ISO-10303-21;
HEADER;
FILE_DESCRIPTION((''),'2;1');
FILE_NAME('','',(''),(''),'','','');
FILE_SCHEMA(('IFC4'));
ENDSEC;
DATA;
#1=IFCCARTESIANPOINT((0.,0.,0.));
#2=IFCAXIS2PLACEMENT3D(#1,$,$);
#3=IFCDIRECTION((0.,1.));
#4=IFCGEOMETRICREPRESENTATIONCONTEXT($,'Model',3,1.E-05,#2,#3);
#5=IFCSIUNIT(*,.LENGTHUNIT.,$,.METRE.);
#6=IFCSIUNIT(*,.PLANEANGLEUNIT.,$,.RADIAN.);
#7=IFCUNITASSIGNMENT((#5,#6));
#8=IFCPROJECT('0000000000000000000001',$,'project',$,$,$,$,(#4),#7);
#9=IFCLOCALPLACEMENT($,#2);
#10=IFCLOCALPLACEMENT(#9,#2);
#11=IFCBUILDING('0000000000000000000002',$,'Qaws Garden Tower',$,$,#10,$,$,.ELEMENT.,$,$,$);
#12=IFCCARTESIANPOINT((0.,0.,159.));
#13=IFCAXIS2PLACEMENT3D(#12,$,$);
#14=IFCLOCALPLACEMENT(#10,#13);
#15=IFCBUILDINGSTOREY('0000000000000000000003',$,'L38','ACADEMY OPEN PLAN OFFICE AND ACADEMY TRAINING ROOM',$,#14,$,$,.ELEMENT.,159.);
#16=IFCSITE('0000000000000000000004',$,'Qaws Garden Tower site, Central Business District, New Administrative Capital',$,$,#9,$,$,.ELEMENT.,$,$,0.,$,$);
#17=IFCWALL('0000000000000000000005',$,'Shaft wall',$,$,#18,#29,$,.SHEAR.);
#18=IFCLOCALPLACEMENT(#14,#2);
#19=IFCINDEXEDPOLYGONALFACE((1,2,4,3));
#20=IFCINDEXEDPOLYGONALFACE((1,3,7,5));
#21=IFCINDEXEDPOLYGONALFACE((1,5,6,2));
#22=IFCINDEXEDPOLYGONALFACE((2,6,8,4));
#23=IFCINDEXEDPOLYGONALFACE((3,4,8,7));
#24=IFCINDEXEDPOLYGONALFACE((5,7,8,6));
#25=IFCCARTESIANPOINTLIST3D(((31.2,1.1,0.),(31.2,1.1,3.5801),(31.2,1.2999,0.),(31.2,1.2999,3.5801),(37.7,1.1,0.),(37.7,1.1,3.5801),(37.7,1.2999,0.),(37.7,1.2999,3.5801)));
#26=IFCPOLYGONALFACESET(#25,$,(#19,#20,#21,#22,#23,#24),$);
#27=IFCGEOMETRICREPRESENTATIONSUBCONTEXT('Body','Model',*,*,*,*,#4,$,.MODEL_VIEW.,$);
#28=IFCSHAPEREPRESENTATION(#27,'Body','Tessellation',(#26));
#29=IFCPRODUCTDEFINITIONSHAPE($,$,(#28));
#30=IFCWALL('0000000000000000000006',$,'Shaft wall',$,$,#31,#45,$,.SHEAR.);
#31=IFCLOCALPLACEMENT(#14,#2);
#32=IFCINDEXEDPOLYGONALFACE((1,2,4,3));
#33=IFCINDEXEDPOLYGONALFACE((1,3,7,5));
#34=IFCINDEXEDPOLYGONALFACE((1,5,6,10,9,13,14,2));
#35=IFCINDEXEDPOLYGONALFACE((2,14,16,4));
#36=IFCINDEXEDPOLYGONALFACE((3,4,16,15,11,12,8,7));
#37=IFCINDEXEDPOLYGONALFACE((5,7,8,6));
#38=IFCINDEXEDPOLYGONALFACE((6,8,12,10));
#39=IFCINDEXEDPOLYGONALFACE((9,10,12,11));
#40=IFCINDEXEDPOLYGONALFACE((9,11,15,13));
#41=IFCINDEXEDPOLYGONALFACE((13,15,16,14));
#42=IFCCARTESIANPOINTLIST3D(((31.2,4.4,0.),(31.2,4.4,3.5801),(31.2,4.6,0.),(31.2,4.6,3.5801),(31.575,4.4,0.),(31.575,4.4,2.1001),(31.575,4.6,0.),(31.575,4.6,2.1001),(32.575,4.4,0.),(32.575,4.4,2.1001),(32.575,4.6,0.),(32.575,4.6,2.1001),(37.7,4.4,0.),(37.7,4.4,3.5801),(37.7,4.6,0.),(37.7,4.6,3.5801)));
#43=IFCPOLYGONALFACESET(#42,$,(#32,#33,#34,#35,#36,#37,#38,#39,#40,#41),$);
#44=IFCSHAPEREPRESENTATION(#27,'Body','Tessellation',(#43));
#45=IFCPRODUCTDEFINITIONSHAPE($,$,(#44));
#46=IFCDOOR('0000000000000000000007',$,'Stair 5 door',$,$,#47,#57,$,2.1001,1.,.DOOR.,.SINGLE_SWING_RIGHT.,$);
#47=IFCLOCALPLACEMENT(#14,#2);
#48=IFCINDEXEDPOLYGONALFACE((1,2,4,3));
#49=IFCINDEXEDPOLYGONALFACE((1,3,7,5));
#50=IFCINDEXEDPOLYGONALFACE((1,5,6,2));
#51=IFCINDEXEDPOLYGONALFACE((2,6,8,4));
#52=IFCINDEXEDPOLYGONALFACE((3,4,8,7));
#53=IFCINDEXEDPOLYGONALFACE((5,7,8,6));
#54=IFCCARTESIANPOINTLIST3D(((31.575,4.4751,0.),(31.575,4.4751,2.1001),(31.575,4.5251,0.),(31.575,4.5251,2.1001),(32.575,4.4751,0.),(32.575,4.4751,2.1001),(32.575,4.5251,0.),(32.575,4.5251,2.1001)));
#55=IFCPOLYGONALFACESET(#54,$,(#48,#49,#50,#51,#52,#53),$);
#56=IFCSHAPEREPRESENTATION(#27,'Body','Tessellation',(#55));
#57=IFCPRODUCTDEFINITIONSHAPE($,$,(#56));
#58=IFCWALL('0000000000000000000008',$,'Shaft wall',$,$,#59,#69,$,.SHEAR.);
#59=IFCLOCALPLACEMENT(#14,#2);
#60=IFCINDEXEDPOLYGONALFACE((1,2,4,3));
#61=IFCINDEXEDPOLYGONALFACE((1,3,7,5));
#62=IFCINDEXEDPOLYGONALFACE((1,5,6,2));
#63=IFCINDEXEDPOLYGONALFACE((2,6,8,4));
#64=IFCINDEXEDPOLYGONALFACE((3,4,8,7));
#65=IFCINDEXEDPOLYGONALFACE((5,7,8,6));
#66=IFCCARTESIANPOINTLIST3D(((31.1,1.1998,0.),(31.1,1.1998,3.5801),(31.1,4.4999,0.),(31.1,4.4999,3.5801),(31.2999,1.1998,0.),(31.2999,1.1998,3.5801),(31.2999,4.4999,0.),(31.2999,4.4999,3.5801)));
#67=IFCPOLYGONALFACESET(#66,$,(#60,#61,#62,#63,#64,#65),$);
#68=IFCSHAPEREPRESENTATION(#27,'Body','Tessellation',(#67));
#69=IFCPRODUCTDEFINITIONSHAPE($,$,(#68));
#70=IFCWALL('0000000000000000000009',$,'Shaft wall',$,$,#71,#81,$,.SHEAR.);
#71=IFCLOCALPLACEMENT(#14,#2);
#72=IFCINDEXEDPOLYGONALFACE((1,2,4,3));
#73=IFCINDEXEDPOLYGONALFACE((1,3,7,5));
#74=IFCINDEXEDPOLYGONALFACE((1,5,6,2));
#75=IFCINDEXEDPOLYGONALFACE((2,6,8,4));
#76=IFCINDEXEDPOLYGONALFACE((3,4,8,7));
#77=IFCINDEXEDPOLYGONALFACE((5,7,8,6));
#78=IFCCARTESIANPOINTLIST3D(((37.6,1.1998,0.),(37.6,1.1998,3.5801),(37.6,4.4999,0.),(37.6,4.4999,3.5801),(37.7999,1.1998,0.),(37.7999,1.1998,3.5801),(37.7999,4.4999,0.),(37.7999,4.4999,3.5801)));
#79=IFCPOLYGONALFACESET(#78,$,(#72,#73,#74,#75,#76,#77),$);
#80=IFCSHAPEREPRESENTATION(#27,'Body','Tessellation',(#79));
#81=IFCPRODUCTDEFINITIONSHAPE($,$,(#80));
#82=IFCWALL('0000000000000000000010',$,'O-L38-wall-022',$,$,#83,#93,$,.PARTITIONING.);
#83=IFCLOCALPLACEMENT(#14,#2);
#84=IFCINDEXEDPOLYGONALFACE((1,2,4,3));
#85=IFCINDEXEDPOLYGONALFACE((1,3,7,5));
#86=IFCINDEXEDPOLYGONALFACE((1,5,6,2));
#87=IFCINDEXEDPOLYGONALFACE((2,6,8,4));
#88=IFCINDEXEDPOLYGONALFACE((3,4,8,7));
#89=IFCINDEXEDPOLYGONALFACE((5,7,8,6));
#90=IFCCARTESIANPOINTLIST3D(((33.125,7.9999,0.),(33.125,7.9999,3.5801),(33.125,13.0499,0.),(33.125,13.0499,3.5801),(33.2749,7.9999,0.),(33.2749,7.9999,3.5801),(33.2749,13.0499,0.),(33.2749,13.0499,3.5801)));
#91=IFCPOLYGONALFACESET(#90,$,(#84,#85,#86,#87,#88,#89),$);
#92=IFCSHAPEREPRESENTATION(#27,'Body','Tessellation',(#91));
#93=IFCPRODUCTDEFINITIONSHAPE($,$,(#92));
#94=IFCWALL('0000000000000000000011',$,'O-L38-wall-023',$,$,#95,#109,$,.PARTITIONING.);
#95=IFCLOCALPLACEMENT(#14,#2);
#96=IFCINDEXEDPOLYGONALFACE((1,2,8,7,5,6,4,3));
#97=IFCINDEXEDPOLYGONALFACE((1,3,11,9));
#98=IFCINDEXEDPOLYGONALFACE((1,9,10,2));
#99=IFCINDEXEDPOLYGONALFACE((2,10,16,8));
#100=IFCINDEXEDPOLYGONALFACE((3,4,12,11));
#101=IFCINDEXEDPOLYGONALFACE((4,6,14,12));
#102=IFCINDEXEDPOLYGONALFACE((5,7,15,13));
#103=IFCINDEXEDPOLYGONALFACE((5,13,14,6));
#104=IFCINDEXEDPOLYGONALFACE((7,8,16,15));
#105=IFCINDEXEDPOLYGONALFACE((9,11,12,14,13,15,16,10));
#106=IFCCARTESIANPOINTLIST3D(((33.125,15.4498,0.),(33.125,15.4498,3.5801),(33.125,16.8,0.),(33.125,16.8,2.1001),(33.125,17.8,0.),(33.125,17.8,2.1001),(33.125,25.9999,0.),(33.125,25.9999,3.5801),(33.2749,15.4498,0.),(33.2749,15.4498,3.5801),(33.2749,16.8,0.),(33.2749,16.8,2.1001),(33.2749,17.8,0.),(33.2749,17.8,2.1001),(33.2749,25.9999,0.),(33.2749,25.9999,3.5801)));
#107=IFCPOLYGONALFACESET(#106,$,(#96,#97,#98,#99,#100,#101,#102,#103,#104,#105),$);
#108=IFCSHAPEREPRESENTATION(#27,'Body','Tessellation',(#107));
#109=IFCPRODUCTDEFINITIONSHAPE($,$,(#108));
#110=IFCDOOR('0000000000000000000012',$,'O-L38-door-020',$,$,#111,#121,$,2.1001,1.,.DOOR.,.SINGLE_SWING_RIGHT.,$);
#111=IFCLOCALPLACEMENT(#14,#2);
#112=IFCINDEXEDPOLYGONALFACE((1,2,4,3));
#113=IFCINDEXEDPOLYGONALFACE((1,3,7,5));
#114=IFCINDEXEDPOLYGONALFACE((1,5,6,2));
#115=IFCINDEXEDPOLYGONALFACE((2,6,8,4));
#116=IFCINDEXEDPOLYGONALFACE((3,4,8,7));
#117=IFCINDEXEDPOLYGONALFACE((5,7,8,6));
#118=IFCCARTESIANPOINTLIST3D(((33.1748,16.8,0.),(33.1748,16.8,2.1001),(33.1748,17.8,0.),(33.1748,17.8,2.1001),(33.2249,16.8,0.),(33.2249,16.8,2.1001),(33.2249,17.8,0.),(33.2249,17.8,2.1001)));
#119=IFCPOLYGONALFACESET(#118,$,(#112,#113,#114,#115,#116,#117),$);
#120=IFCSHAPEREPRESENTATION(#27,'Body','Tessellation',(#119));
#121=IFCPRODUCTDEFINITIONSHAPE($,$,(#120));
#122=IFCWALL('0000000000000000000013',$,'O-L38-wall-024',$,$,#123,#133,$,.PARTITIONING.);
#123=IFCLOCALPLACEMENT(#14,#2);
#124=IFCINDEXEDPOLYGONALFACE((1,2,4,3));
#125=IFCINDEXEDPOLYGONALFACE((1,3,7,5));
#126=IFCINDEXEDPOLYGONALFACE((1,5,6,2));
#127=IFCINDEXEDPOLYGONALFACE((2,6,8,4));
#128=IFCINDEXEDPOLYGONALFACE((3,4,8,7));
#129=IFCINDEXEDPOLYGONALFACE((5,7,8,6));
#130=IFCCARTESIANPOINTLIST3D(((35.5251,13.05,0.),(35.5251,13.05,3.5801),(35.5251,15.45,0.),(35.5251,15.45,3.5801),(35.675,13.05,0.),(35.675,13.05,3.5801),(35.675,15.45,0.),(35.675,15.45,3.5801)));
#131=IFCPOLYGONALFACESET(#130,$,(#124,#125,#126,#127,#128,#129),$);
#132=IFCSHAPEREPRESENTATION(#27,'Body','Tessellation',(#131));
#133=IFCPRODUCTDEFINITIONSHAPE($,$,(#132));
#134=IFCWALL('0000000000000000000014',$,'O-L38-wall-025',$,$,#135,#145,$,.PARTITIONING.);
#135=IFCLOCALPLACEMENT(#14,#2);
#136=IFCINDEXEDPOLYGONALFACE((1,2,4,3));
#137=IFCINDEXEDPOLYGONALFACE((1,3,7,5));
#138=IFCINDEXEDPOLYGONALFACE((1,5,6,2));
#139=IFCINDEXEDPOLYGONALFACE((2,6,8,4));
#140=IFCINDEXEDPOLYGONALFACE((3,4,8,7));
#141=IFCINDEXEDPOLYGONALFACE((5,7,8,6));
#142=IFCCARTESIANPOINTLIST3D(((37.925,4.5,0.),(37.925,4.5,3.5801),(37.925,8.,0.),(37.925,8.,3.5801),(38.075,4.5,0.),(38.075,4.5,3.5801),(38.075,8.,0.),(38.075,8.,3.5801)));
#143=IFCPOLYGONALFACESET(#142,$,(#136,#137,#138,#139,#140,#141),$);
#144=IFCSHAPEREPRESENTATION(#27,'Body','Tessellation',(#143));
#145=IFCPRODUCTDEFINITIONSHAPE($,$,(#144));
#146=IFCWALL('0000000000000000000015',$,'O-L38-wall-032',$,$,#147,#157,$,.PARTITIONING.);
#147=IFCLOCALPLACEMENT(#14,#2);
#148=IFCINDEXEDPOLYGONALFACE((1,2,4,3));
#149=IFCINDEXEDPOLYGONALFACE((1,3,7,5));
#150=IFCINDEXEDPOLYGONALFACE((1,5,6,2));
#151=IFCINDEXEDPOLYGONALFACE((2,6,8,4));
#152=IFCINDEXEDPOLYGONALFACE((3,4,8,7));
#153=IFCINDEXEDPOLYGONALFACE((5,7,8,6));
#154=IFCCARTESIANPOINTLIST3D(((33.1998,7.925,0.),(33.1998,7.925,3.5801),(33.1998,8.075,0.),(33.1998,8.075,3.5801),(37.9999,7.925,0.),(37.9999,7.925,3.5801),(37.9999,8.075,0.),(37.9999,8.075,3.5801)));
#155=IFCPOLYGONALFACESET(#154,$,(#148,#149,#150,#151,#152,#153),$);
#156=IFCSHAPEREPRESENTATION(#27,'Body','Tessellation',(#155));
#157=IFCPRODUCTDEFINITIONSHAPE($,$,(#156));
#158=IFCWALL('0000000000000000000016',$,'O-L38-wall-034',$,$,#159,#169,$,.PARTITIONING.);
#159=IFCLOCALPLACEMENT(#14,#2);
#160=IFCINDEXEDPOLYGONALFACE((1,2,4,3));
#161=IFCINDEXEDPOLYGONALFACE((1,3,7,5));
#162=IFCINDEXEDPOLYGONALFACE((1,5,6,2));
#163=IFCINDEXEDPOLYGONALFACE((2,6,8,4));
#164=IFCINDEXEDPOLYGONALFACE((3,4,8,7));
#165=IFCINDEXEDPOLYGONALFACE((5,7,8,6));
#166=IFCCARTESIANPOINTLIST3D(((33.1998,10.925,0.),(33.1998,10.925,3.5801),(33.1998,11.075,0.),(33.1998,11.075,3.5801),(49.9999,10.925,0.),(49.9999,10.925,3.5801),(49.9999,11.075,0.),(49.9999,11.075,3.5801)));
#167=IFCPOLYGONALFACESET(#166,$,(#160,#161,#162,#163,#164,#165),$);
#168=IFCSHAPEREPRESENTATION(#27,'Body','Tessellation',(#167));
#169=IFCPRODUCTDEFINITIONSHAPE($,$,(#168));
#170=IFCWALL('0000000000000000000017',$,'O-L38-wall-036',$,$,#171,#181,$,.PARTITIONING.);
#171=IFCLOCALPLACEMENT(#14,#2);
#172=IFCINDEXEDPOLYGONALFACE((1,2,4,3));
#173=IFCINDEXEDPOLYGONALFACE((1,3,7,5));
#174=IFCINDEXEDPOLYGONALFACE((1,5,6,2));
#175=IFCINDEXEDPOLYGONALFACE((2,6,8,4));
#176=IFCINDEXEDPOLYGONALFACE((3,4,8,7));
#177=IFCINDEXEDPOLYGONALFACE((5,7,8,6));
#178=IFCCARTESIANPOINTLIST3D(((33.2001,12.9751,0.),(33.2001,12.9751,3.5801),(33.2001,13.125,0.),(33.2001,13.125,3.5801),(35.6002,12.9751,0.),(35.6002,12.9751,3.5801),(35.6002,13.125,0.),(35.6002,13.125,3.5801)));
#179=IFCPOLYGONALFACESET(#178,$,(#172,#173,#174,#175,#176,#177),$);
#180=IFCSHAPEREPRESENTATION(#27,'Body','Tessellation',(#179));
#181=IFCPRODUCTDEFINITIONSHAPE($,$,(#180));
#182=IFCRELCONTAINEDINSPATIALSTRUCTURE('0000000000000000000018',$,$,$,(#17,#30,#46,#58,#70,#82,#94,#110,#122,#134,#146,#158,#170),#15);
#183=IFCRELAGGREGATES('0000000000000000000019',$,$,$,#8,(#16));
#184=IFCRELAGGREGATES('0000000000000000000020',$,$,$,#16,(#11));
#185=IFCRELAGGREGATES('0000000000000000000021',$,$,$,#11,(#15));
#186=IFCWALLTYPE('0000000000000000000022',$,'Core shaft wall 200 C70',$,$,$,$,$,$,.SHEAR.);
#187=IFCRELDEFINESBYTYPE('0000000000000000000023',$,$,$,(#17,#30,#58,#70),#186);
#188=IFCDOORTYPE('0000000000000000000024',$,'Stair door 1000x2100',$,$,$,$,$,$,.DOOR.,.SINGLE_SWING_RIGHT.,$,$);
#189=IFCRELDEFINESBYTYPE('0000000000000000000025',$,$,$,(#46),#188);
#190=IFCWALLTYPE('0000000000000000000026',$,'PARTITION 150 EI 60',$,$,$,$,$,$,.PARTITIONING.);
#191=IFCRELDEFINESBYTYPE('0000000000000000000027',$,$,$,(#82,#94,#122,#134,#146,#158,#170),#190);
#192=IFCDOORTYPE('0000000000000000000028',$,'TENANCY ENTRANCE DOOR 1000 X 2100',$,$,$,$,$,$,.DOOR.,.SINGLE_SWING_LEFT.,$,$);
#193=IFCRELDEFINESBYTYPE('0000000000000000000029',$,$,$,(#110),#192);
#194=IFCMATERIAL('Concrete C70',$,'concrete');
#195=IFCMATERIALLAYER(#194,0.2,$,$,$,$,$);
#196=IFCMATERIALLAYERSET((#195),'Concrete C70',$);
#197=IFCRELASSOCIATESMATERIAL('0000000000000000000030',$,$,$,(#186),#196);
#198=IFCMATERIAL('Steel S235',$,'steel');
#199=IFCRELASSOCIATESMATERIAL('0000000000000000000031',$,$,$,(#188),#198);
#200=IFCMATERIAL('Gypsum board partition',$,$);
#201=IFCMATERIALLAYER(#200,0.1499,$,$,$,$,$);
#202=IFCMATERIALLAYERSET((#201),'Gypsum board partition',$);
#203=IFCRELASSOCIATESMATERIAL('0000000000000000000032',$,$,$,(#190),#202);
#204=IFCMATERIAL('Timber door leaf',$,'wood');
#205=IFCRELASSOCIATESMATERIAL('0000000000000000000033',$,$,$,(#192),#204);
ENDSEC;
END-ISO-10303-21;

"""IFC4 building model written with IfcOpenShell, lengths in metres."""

from ifc_helpers import new_model, si_unit, direction, frame, frame_2d, origin, place, context, subcontext, project, spatial, rectangle, extrude, material, layer, layer_set, type_object, element, fill, save


model = new_model("IFC4")

# Units and contexts
model_context = context("Model", 3, precision=1e-05, world=origin(), true_north=direction((0.0, 1.0)))
body_context = subcontext(model_context, "Body", "Model", "MODEL_VIEW")
ifc_project = project(units=[si_unit("LENGTHUNIT", "METRE"), si_unit("PLANEANGLEUNIT", "RADIAN")], contexts=[model_context])

# Site, building, storey
site_placement = place(None, origin())
site = spatial("IfcSite", under=ifc_project, at=site_placement, Name="Qaws Garden Tower site, Central Business District, New Administrative Capital", CompositionType="ELEMENT", RefElevation=0.0)
building_placement = place(site_placement, origin())
building = spatial("IfcBuilding", under=site, at=building_placement, Name="Qaws Garden Tower", CompositionType="ELEMENT")
storey_placement = place(building_placement, frame((0.0, 0.0, 159.0)))
storey = spatial("IfcBuildingStorey", under=building, at=storey_placement, Name="L38", Description="ACADEMY OPEN PLAN OFFICE AND ACADEMY TRAINING ROOM", CompositionType="ELEMENT", Elevation=159.0)

# Wall
ifc_material_1 = material(Name="Concrete C70", Category="concrete")
ifc_layer_1 = layer(ifc_material_1, 0.2)
ifc_layer_set_1 = layer_set([ifc_layer_1], Name="Concrete C70")
wall_type_1 = type_object("IfcWallType", Name="Core shaft wall 200 C70", PredefinedType="SHEAR", material=ifc_layer_set_1)
wall_1_placement = place(storey_placement, frame((31.2, 1.2, 0.0), z_axis=(0.0, 0.0, 1.0), x_axis=(1.0, 0.0, 0.0)))
element("IfcWall", 1, at=wall_1_placement, inside=storey, type_object=wall_type_1, Name="Shaft wall", PredefinedType="SHEAR", context=body_context, shape_type="SweptSolid", body=[
    extrude(rectangle(XDim=6.5, YDim=0.2, at=frame_2d((3.25, 0.0))), origin(), (0.0, 0.0, 1.0), 3.5801),
])

# Wall, opening, door
wall_2_placement = place(storey_placement, frame((31.2, 4.5, 0.0), z_axis=(0.0, 0.0, 1.0), x_axis=(1.0, 0.0, 0.0)))
wall_2 = element("IfcWall", 2, at=wall_2_placement, inside=storey, type_object=wall_type_1, Name="Shaft wall", PredefinedType="SHEAR", context=body_context, shape_type="SweptSolid", body=[
    extrude(rectangle(XDim=6.5, YDim=0.2, at=frame_2d((3.25, 0.0))), origin(), (0.0, 0.0, 1.0), 3.5801),
])
opening_1_placement = place(wall_2_placement, frame((0.375, 0.0, 0.0)))
opening_1 = element("IfcOpeningElement", 3, at=opening_1_placement, cuts=wall_2, PredefinedType="OPENING", context=body_context, shape_type="SweptSolid", body=[
    extrude(rectangle(XDim=1.0, YDim=2.1001, at=frame_2d((0.5, 1.05))), frame((0.0, 0.1099, 0.0), z_axis=(0.0, -1.0, 0.0), x_axis=(1.0, 0.0, 0.0)), (0.0, 0.0, 1.0), 0.22),
])
ifc_material_2 = material(Name="Steel S235", Category="steel")
door_type_1 = type_object("IfcDoorType", Name="Stair door 1000x2100", OperationType="SINGLE_SWING_RIGHT", PredefinedType="DOOR", material=ifc_material_2)
door_1_placement = place(opening_1_placement, frame((1.0, 0.0, 0.0), z_axis=(0.0, 0.0, 1.0), x_axis=(-1.0, 0.0, 0.0)))
door_1 = element("IfcDoor", 4, at=door_1_placement, inside=storey, type_object=door_type_1, Name="Stair 5 door", OperationType="SINGLE_SWING_RIGHT", OverallHeight=2.1001, OverallWidth=1.0, PredefinedType="DOOR", context=body_context, shape_type="SweptSolid", body=[
    extrude(rectangle(XDim=1.0, YDim=2.1001, at=frame_2d((0.5, 1.05))), frame((0.0, 0.0249, 0.0), z_axis=(0.0, -1.0, 0.0), x_axis=(1.0, 0.0, 0.0)), (0.0, 0.0, 1.0), 0.05),
])
fill(opening_1, door_1)

# Walls
for number, where, z_axis, x_axis, name in (
    (5, (31.2, 1.2, 0.0), (0.0, 0.0, 1.0), (0.0, 1.0, 0.0), "Shaft wall"),
    (6, (37.7, 1.2, 0.0), (0.0, 0.0, 1.0), (0.0, 1.0, 0.0), "Shaft wall"),
):
    element("IfcWall", number, at=place(storey_placement, frame(where, z_axis=z_axis, x_axis=x_axis)), inside=storey, type_object=wall_type_1, Name=name, PredefinedType="SHEAR", context=body_context, shape_type="SweptSolid", body=[
        extrude(rectangle(XDim=3.3, YDim=0.2, at=frame_2d((1.6499, 0.0))), origin(), (0.0, 0.0, 1.0), 3.5801),
    ])
ifc_material_3 = material(Name="Gypsum board partition")
ifc_layer_2 = layer(ifc_material_3, 0.1499)
ifc_layer_set_2 = layer_set([ifc_layer_2], Name="Gypsum board partition")
wall_type_2 = type_object("IfcWallType", Name="PARTITION 150 EI 60", PredefinedType="PARTITIONING", material=ifc_layer_set_2)
wall_3_placement = place(storey_placement, frame((33.2, 8.0, 0.0), z_axis=(0.0, 0.0, 1.0), x_axis=(0.0, 1.0, 0.0)))
element("IfcWall", 7, at=wall_3_placement, inside=storey, type_object=wall_type_2, Name="O-L38-wall-022", PredefinedType="PARTITIONING", context=body_context, shape_type="SweptSolid", body=[
    extrude(rectangle(XDim=5.05, YDim=0.1499, at=frame_2d((2.5249, 0.0))), origin(), (0.0, 0.0, 1.0), 3.5801),
])

# Wall, opening, door
wall_4_placement = place(storey_placement, frame((33.2, 15.45, 0.0), z_axis=(0.0, 0.0, 1.0), x_axis=(0.0, 1.0, 0.0)))
wall_4 = element("IfcWall", 8, at=wall_4_placement, inside=storey, type_object=wall_type_2, Name="O-L38-wall-023", PredefinedType="PARTITIONING", context=body_context, shape_type="SweptSolid", body=[
    extrude(rectangle(XDim=10.55, YDim=0.1499, at=frame_2d((5.2749, 0.0))), origin(), (0.0, 0.0, 1.0), 3.5801),
])
opening_2_placement = place(wall_4_placement, frame((1.3501, 0.0, 0.0)))
opening_2 = element("IfcOpeningElement", 9, at=opening_2_placement, cuts=wall_4, PredefinedType="OPENING", context=body_context, shape_type="SweptSolid", body=[
    extrude(rectangle(XDim=1.0, YDim=2.1001, at=frame_2d((0.5, 1.05))), frame((0.0, 0.085, 0.0), z_axis=(0.0, -1.0, 0.0), x_axis=(1.0, 0.0, 0.0)), (0.0, 0.0, 1.0), 0.1699),
])
ifc_material_4 = material(Name="Timber door leaf", Category="wood")
door_type_2 = type_object("IfcDoorType", Name="TENANCY ENTRANCE DOOR 1000 X 2100", OperationType="SINGLE_SWING_LEFT", PredefinedType="DOOR", material=ifc_material_4)
door_2_placement = place(opening_2_placement, frame((1.0, 0.0, 0.0), z_axis=(0.0, 0.0, 1.0), x_axis=(-1.0, 0.0, 0.0)))
door_2 = element("IfcDoor", 10, at=door_2_placement, inside=storey, type_object=door_type_2, Name="O-L38-door-020", OperationType="SINGLE_SWING_RIGHT", OverallHeight=2.1001, OverallWidth=1.0, PredefinedType="DOOR", context=body_context, shape_type="SweptSolid", body=[
    extrude(rectangle(XDim=1.0, YDim=2.1001, at=frame_2d((0.5, 1.05))), frame((0.0, 0.0249, 0.0), z_axis=(0.0, -1.0, 0.0), x_axis=(1.0, 0.0, 0.0)), (0.0, 0.0, 1.0), 0.05),
])
fill(opening_2, door_2)

# Walls
wall_5_placement = place(storey_placement, frame((35.6001, 13.05, 0.0), z_axis=(0.0, 0.0, 1.0), x_axis=(0.0, 1.0, 0.0)))
element("IfcWall", 11, at=wall_5_placement, inside=storey, type_object=wall_type_2, Name="O-L38-wall-024", PredefinedType="PARTITIONING", context=body_context, shape_type="SweptSolid", body=[
    extrude(rectangle(XDim=2.3999, YDim=0.1499, at=frame_2d((1.2, 0.0))), origin(), (0.0, 0.0, 1.0), 3.5801),
])
wall_6_placement = place(storey_placement, frame((38.0, 4.5, 0.0), z_axis=(0.0, 0.0, 1.0), x_axis=(0.0, 1.0, 0.0)))
element("IfcWall", 12, at=wall_6_placement, inside=storey, type_object=wall_type_2, Name="O-L38-wall-025", PredefinedType="PARTITIONING", context=body_context, shape_type="SweptSolid", body=[
    extrude(rectangle(XDim=3.5, YDim=0.1499, at=frame_2d((1.75, 0.0))), origin(), (0.0, 0.0, 1.0), 3.5801),
])
wall_7_placement = place(storey_placement, frame((33.2, 8.0, 0.0), z_axis=(0.0, 0.0, 1.0), x_axis=(1.0, 0.0, 0.0)))
element("IfcWall", 13, at=wall_7_placement, inside=storey, type_object=wall_type_2, Name="O-L38-wall-032", PredefinedType="PARTITIONING", context=body_context, shape_type="SweptSolid", body=[
    extrude(rectangle(XDim=4.8, YDim=0.1499, at=frame_2d((2.3999, 0.0))), origin(), (0.0, 0.0, 1.0), 3.5801),
])
wall_8_placement = place(storey_placement, frame((33.2, 11.0, 0.0), z_axis=(0.0, 0.0, 1.0), x_axis=(1.0, 0.0, 0.0)))
element("IfcWall", 14, at=wall_8_placement, inside=storey, type_object=wall_type_2, Name="O-L38-wall-034", PredefinedType="PARTITIONING", context=body_context, shape_type="SweptSolid", body=[
    extrude(rectangle(XDim=16.8, YDim=0.1499, at=frame_2d((8.3999, 0.0))), origin(), (0.0, 0.0, 1.0), 3.5801),
])
for number, where, z_axis, x_axis, name in (
    (15, (33.2, 13.05, 0.0), (0.0, 0.0, 1.0), (1.0, 0.0, 0.0), "O-L38-wall-036"),
):
    element("IfcWall", number, at=place(storey_placement, frame(where, z_axis=z_axis, x_axis=x_axis)), inside=storey, type_object=wall_type_2, Name=name, PredefinedType="PARTITIONING", context=body_context, shape_type="SweptSolid", body=[
        extrude(rectangle(XDim=2.4001, YDim=0.1499, at=frame_2d((1.2002, 0.0))), origin(), (0.0, 0.0, 1.0), 3.5801),
    ])

save(model, "model.ifc")
